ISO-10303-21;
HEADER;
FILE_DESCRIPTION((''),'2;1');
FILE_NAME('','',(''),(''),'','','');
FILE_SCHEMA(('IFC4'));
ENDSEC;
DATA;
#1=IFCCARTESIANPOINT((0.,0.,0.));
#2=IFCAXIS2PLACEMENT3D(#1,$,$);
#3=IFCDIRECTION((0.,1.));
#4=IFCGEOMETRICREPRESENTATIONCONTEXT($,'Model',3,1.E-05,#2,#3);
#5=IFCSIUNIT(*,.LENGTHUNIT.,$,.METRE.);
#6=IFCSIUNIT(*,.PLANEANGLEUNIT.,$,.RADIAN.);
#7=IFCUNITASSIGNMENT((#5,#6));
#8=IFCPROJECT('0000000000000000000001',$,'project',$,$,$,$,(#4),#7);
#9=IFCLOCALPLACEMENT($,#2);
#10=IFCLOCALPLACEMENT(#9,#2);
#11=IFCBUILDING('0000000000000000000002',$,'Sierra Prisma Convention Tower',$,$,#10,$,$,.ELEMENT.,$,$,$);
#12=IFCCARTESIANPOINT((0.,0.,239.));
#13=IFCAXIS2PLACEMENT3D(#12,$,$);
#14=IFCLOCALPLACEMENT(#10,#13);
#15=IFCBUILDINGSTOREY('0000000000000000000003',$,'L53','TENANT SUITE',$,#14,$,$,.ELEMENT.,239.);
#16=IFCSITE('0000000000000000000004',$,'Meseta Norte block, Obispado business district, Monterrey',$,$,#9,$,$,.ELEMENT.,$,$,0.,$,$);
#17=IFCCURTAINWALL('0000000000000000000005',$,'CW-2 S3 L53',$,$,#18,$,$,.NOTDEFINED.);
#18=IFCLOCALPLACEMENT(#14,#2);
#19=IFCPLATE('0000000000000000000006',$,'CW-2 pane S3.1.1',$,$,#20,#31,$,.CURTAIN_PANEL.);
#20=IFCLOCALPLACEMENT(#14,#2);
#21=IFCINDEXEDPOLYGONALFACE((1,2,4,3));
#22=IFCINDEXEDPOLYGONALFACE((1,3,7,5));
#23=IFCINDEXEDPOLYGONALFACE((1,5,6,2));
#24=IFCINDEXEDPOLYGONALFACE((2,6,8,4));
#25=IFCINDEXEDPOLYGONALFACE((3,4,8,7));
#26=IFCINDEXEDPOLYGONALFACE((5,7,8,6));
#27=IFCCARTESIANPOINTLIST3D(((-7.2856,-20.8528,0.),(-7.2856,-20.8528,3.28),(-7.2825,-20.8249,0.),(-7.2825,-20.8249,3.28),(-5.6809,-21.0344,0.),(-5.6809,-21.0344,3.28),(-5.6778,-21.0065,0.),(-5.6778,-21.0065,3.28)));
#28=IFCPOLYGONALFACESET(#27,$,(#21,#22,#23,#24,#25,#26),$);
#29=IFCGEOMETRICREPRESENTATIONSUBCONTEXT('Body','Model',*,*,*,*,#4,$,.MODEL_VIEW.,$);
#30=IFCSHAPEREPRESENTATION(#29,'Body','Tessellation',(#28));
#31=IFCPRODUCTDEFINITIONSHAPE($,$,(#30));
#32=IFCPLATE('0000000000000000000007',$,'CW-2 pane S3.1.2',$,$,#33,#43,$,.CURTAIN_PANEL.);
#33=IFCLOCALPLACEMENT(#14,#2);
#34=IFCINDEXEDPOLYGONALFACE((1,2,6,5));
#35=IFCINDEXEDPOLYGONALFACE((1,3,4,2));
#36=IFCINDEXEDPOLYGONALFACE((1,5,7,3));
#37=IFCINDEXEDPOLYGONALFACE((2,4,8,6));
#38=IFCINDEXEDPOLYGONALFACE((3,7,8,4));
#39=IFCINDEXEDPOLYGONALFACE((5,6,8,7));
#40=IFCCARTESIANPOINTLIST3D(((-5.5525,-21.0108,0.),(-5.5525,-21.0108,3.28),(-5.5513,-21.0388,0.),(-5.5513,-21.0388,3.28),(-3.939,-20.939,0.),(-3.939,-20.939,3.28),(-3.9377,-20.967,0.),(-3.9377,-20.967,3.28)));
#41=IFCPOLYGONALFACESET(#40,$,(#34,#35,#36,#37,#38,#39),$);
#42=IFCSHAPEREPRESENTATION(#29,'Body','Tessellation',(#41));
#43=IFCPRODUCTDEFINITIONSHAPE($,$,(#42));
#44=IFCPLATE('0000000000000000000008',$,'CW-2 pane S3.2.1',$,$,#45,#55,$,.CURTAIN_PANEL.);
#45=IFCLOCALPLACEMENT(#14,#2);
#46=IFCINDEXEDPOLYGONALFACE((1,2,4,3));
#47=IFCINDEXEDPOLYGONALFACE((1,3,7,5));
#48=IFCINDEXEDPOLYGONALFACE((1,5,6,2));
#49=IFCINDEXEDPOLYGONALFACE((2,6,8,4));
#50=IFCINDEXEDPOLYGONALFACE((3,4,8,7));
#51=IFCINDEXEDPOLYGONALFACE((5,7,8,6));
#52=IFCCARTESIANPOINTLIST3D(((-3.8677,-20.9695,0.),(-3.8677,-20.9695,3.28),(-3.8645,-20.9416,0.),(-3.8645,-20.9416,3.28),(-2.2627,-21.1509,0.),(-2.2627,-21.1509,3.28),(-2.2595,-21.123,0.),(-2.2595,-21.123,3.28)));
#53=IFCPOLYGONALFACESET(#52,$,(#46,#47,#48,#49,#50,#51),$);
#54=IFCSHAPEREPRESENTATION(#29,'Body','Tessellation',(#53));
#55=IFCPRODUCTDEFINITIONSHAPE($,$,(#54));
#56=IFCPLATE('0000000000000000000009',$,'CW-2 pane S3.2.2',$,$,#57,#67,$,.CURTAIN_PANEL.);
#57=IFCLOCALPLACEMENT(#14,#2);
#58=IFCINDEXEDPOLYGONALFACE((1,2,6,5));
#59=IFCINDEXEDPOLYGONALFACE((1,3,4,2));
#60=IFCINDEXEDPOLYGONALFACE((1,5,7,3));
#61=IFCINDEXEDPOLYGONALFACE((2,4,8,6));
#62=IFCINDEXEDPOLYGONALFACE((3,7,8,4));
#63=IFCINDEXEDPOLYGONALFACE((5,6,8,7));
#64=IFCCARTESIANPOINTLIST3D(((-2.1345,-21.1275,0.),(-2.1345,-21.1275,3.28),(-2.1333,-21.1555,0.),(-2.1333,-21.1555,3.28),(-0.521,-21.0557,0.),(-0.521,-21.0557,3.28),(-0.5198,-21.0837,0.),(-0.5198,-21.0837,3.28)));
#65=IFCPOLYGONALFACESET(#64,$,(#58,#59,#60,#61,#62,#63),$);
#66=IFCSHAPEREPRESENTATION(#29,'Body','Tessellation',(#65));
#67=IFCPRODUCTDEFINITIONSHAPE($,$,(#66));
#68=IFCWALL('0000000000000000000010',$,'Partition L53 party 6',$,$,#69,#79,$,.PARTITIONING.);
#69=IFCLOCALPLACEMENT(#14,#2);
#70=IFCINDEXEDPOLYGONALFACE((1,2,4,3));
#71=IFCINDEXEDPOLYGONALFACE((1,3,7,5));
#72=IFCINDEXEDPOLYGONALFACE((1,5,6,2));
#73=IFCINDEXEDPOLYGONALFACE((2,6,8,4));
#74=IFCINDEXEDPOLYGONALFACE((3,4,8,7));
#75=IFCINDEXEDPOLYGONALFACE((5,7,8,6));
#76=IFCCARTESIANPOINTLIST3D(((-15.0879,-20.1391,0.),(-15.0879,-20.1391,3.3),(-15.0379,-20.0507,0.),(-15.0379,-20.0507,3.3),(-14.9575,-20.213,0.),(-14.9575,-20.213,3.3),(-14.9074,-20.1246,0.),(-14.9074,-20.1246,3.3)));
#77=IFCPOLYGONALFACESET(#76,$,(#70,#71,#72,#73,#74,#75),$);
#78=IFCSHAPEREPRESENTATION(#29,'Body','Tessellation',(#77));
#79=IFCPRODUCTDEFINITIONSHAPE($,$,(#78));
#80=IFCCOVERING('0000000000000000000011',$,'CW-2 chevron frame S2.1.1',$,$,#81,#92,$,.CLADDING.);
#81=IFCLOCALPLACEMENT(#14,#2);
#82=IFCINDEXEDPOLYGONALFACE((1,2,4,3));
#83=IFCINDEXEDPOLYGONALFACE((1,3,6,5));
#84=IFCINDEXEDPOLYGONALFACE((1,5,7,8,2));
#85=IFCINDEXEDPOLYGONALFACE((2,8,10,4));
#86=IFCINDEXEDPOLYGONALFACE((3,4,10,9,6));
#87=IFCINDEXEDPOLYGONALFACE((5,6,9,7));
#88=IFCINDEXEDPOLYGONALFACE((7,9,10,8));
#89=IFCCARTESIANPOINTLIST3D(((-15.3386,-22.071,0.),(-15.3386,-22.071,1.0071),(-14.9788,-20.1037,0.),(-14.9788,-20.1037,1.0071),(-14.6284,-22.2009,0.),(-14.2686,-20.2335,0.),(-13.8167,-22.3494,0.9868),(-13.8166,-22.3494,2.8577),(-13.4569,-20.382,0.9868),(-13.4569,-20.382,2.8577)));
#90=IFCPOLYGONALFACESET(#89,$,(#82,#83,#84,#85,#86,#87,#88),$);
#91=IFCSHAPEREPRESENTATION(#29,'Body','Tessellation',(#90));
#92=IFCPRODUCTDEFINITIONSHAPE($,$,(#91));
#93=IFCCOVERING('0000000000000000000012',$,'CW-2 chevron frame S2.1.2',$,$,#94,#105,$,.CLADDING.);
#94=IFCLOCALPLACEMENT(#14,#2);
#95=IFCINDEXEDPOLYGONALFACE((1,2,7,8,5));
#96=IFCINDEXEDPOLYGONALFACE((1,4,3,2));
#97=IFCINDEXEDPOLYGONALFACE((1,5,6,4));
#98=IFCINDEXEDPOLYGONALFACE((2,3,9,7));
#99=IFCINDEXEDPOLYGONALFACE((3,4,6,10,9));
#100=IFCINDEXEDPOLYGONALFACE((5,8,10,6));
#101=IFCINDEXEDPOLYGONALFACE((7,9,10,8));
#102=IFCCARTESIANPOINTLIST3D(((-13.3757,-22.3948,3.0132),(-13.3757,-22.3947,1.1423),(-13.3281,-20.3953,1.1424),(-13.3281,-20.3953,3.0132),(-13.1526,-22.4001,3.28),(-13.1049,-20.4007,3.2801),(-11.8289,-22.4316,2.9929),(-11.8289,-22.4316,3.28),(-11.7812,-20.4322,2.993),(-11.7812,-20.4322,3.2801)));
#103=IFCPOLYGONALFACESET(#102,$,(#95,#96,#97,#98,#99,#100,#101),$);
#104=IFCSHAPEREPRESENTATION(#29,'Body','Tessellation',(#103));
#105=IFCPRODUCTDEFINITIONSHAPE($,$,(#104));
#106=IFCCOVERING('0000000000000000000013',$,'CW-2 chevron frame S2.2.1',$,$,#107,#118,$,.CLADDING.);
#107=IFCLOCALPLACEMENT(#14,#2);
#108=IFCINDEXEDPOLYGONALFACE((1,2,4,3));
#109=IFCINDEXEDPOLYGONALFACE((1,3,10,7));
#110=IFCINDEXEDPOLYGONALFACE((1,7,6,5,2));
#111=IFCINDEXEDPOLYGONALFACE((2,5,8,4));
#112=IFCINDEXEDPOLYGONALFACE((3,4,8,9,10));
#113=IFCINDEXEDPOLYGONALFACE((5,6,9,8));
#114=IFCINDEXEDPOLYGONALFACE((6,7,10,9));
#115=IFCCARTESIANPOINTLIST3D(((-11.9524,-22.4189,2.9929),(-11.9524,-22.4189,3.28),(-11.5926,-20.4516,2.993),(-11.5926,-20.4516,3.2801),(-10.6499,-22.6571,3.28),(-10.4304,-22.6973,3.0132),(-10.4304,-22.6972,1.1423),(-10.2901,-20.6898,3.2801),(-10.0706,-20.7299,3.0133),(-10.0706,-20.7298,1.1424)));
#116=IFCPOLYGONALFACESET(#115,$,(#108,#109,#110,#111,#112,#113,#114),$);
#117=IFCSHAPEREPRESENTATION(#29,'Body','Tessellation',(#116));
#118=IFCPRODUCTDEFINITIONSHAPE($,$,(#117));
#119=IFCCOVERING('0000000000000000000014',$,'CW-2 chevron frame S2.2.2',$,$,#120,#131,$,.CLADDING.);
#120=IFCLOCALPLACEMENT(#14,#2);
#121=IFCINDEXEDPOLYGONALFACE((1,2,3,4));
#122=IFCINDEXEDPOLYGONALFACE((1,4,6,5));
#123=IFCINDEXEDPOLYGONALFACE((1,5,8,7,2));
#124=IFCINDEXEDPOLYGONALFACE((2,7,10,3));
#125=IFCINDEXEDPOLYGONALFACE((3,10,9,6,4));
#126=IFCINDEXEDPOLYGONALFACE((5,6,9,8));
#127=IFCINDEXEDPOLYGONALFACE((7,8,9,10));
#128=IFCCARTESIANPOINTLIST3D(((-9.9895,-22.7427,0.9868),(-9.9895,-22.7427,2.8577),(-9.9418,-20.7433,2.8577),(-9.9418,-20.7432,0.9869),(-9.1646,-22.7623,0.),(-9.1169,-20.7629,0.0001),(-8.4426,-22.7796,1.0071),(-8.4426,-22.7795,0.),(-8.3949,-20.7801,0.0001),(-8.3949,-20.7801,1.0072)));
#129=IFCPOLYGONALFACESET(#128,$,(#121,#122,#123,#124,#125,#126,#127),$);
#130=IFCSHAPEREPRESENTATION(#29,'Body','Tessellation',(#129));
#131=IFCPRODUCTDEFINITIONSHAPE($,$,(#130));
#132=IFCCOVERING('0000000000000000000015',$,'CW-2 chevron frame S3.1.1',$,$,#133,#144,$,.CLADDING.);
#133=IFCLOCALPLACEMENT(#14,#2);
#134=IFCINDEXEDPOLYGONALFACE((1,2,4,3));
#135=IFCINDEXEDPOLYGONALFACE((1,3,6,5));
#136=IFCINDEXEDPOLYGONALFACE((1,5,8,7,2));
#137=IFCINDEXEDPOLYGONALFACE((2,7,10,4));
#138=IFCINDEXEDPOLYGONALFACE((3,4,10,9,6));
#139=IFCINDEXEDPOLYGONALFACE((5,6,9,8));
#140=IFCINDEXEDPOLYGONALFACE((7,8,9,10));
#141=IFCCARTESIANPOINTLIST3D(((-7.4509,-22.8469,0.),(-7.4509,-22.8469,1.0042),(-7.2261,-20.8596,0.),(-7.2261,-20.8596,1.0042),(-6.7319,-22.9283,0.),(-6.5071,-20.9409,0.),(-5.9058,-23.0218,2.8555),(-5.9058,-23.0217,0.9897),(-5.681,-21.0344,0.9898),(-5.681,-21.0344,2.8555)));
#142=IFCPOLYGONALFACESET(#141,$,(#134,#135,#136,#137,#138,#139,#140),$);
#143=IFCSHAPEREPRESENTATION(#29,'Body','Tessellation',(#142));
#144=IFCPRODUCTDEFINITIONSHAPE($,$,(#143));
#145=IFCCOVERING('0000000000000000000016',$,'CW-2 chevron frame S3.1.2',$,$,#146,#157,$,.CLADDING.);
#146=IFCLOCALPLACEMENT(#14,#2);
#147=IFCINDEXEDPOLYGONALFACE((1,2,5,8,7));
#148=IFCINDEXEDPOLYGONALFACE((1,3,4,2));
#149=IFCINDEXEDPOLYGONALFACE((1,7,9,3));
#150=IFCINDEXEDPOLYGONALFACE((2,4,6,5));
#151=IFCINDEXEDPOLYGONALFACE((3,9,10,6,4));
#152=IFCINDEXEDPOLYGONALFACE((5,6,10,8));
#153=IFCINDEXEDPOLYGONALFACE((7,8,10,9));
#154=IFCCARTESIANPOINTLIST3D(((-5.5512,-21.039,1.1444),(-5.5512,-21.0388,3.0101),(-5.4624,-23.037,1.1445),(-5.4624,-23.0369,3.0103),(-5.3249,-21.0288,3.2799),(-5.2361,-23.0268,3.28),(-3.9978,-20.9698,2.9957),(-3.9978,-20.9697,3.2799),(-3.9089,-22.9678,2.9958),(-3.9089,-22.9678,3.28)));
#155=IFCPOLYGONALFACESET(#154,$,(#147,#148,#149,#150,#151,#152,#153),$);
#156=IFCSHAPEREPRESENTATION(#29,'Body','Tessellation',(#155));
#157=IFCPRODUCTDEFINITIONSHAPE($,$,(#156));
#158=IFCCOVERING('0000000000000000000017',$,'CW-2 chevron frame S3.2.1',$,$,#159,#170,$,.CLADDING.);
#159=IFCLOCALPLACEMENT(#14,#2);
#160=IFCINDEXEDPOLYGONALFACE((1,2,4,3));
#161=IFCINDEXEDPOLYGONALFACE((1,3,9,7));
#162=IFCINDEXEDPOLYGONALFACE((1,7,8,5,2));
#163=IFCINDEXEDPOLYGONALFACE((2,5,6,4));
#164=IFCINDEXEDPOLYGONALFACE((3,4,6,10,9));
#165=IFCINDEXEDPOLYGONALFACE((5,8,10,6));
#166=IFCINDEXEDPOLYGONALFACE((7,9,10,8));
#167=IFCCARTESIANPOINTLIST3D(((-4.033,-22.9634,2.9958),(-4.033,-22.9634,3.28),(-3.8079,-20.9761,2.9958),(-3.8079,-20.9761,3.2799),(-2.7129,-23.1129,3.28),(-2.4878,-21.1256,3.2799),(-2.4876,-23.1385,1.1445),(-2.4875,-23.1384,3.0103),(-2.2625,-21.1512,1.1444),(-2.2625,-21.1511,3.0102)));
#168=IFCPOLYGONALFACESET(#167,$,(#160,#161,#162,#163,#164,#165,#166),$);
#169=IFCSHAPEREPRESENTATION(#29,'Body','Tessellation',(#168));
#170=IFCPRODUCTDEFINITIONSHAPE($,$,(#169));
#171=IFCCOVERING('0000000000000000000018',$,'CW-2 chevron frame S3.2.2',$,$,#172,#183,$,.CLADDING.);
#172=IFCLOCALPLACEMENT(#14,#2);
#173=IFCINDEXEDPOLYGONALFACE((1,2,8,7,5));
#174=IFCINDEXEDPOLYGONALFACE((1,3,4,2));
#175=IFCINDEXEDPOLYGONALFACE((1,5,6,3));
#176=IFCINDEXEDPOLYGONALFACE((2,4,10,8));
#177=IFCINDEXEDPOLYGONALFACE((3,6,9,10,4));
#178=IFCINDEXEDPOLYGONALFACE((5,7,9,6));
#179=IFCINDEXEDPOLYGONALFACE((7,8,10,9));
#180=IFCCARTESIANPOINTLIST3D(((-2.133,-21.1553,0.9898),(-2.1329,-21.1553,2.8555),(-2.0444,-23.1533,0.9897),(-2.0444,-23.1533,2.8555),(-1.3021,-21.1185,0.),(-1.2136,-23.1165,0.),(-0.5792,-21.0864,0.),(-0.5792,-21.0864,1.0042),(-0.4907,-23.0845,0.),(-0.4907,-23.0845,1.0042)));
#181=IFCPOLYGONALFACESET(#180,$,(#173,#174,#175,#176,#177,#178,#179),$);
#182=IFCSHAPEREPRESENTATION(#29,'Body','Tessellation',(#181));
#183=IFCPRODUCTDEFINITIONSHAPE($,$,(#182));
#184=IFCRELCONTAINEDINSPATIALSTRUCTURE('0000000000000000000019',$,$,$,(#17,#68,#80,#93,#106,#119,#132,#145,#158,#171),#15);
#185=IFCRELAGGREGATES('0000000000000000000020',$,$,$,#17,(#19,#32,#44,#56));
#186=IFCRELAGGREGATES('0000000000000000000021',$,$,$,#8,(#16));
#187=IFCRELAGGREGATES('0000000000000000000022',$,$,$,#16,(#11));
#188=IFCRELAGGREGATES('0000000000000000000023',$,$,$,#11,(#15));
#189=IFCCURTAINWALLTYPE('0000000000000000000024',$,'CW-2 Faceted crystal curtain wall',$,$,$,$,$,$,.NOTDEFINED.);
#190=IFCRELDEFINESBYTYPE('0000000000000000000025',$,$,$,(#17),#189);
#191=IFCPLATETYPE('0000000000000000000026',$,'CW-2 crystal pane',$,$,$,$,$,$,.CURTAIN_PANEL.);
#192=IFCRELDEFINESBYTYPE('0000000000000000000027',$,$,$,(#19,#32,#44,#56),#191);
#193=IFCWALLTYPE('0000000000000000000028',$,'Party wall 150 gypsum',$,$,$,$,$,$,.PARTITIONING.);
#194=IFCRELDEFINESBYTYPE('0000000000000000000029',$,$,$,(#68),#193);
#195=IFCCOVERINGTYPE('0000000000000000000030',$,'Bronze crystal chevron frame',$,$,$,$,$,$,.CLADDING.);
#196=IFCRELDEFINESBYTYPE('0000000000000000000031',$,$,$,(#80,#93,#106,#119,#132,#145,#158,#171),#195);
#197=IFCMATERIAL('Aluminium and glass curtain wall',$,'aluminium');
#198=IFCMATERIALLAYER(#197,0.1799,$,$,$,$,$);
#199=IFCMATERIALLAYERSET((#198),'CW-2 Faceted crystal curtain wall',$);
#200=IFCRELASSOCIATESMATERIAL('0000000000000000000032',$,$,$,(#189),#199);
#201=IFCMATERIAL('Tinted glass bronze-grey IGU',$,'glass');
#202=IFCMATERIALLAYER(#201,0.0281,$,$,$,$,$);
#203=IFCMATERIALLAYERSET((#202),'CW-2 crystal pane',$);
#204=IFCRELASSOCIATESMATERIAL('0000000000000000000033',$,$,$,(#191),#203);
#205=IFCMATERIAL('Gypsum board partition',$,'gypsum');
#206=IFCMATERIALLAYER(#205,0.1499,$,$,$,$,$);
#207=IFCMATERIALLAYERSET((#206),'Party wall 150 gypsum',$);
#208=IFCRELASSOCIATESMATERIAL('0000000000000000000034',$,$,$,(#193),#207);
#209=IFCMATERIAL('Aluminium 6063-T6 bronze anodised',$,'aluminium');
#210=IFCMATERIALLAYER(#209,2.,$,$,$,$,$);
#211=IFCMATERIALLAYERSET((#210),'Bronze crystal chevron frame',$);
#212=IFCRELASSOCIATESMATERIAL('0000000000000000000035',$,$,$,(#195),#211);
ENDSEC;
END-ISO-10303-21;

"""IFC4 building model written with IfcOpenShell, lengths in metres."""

from ifc_helpers import new_model, si_unit, direction, frame, frame_2d, origin, place, context, subcontext, project, spatial, polyline, rectangle, outline, extrude, material, layer, layer_set, type_object, element, aggregate, save


model = new_model("IFC4")

# Units and contexts
model_context = context("Model", 3, precision=1e-05, world=origin(), true_north=direction((0.0, 1.0)))
body_context = subcontext(model_context, "Body", "Model", "MODEL_VIEW")
ifc_project = project(units=[si_unit("LENGTHUNIT", "METRE"), si_unit("PLANEANGLEUNIT", "RADIAN")], contexts=[model_context])

# Site, building, storey
site_placement = place(None, origin())
site = spatial("IfcSite", under=ifc_project, at=site_placement, Name="Meseta Norte block, Obispado business district, Monterrey", CompositionType="ELEMENT", RefElevation=0.0)
building_placement = place(site_placement, origin())
building = spatial("IfcBuilding", under=site, at=building_placement, Name="Sierra Prisma Convention Tower", CompositionType="ELEMENT")
storey_placement = place(building_placement, frame((0.0, 0.0, 239.0)))
storey = spatial("IfcBuildingStorey", under=building, at=storey_placement, Name="L53", Description="TENANT SUITE", CompositionType="ELEMENT", Elevation=239.0)

# Curtain wall
ifc_material_1 = material(Name="Aluminium and glass curtain wall", Category="aluminium")
ifc_layer_1 = layer(ifc_material_1, 0.1799)
ifc_layer_set_1 = layer_set([ifc_layer_1], Name="CW-2 Faceted crystal curtain wall")
curtain_wall_type = type_object("IfcCurtainWallType", Name="CW-2 Faceted crystal curtain wall", PredefinedType="NOTDEFINED", material=ifc_layer_set_1)
curtain_wall_1_placement = place(storey_placement, origin())
curtain_wall_1 = element("IfcCurtainWall", 1, at=curtain_wall_1_placement, inside=storey, type_object=curtain_wall_type, Name="CW-2 S3 L53", PredefinedType="NOTDEFINED")

# Plates
ifc_material_2 = material(Name="Tinted glass bronze-grey IGU", Category="glass")
ifc_layer_2 = layer(ifc_material_2, 0.0281)
ifc_layer_set_2 = layer_set([ifc_layer_2], Name="CW-2 crystal pane")
plate_type = type_object("IfcPlateType", Name="CW-2 crystal pane", PredefinedType="CURTAIN_PANEL", material=ifc_layer_set_2)
plate_1_placement = place(storey_placement, frame((-7.2856, -20.8528, 0.0), z_axis=(-0.112472, -0.993655, 0.0), x_axis=(0.993655, -0.112472, 0.0)))
plate_1 = element("IfcPlate", 2, at=plate_1_placement, type_object=plate_type, Name="CW-2 pane S3.1.1", PredefinedType="CURTAIN_PANEL", context=body_context, shape_type="SweptSolid", body=[
    extrude(outline(polyline([(0.0, 0.0), (1.615, 0.0), (1.615, 3.28), (0.0, 3.28), (0.0, 0.0)])), origin(), (0.0, 0.0, -1.0), 0.0281),
])
plate_2_placement = place(storey_placement, frame((-3.9377, -20.967, 0.0), z_axis=(0.044441, -0.999012, 0.0), x_axis=(-0.999012, -0.044441, 0.0)))
plate_2 = element("IfcPlate", 3, at=plate_2_placement, type_object=plate_type, Name="CW-2 pane S3.1.2", PredefinedType="CURTAIN_PANEL", context=body_context, shape_type="SweptSolid", body=[
    extrude(outline(polyline([(0.0, 0.0), (1.6151, 0.0), (1.6151, -3.28), (0.0, -3.28), (0.0, 0.0)])), origin(), (0.0, 0.0, -1.0), 0.0281),
])
plate_3_placement = place(storey_placement, frame((-3.8677, -20.9695, 0.0), z_axis=(-0.112306, -0.993674, 0.0), x_axis=(0.993674, -0.112306, 0.0)))
plate_3 = element("IfcPlate", 4, at=plate_3_placement, type_object=plate_type, Name="CW-2 pane S3.2.1", PredefinedType="CURTAIN_PANEL", context=body_context, shape_type="SweptSolid", body=[
    extrude(outline(polyline([(0.0, 0.0), (1.6152, 0.0), (1.6152, 3.28), (0.0, 3.28), (0.0, 0.0)])), origin(), (0.0, 0.0, -1.0), 0.0281),
])
plate_4_placement = place(storey_placement, frame((-0.5198, -21.0837, 0.0), z_axis=(0.044441, -0.999012, 0.0), x_axis=(-0.999012, -0.044441, 0.0)))
plate_4 = element("IfcPlate", 5, at=plate_4_placement, type_object=plate_type, Name="CW-2 pane S3.2.2", PredefinedType="CURTAIN_PANEL", context=body_context, shape_type="SweptSolid", body=[
    extrude(outline(polyline([(0.0, 0.0), (1.6151, 0.0), (1.6151, -3.28), (0.0, -3.28), (0.0, 0.0)])), origin(), (0.0, 0.0, -1.0), 0.0281),
])
aggregate(curtain_wall_1, [plate_1, plate_2, plate_3, plate_4])

# Wall
ifc_material_3 = material(Name="Gypsum board partition", Category="gypsum")
ifc_layer_3 = layer(ifc_material_3, 0.1499)
ifc_layer_set_3 = layer_set([ifc_layer_3], Name="Party wall 150 gypsum")
wall_type = type_object("IfcWallType", Name="Party wall 150 gypsum", PredefinedType="PARTITIONING", material=ifc_layer_set_3)
wall_placement = place(storey_placement, frame((-15.0227, -20.176, 0.0), z_axis=(0.0, 0.0, 1.0), x_axis=(0.49277, 0.87016, 0.0)))
element("IfcWall", 6, at=wall_placement, inside=storey, type_object=wall_type, Name="Partition L53 party 6", PredefinedType="PARTITIONING", context=body_context, shape_type="SweptSolid", body=[
    extrude(rectangle(XDim=0.1016, YDim=0.1499, at=frame_2d((0.0508, 0.0))), origin(), (0.0, 0.0, 1.0), 3.3),
])

# Coverings
ifc_material_4 = material(Name="Aluminium 6063-T6 bronze anodised", Category="aluminium")
ifc_layer_4 = layer(ifc_material_4, 2.0)
ifc_layer_set_4 = layer_set([ifc_layer_4], Name="Bronze crystal chevron frame")
covering_type = type_object("IfcCoveringType", Name="Bronze crystal chevron frame", PredefinedType="CLADDING", material=ifc_layer_set_4)
covering_1_placement = place(storey_placement, frame((-15.3386, -22.071, 0.0), z_axis=(-0.179887, -0.983687, 0.000003), x_axis=(0.983687, -0.179887, 0.0)))
element("IfcCovering", 7, at=covering_1_placement, inside=storey, type_object=covering_type, Name="CW-2 chevron frame S2.1.1", PredefinedType="CLADDING", context=body_context, shape_type="SweptSolid", body=[
    extrude(outline(polyline([(0.0, 0.0), (0.722, 0.0), (1.5472, 0.9868), (1.5472, 2.8577), (0.0, 1.0071), (0.0, 0.0)])), origin(), (0.0, 0.0, -1.0), 2.0),
])
covering_2_placement = place(storey_placement, frame((-13.3757, -22.3948, 3.0132), z_axis=(-0.023821, -0.999716, -0.000022), x_axis=(0.000001, 0.000022, -1.0)))
element("IfcCovering", 8, at=covering_2_placement, inside=storey, type_object=covering_type, Name="CW-2 chevron frame S2.1.2", PredefinedType="CLADDING", context=body_context, shape_type="SweptSolid", body=[
    extrude(outline(polyline([(0.0, 0.0), (1.8708, 0.0), (0.0203, 1.5473), (-0.2668, 1.5473), (-0.2668, 0.2232), (0.0, 0.0)])), origin(), (0.0, 0.0, -1.0), 2.0),
])
covering_3_placement = place(storey_placement, frame((-11.9524, -22.4189, 3.28), z_axis=(-0.179892, -0.983686, -0.00004), x_axis=(0.000007, 0.000039, -1.0)))
element("IfcCovering", 9, at=covering_3_placement, inside=storey, type_object=covering_type, Name="CW-2 chevron frame S2.2.1", PredefinedType="CLADDING", context=body_context, shape_type="SweptSolid", body=[
    extrude(outline(polyline([(0.0, 0.0), (0.2871, 0.0), (2.1377, 1.5472), (0.2668, 1.5472), (0.0, 1.3241), (0.0, 0.0)])), origin(), (0.0, 0.0, -1.0), 2.0),
])
covering_4_placement = place(storey_placement, frame((-8.4426, -22.7795, 0.0), z_axis=(-0.02385, -0.999716, -0.000039), x_axis=(-0.000001, -0.000039, 1.0)))
element("IfcCovering", 10, at=covering_4_placement, inside=storey, type_object=covering_type, Name="CW-2 chevron frame S2.2.2", PredefinedType="CLADDING", context=body_context, shape_type="SweptSolid", body=[
    extrude(outline(polyline([(0.0, 0.0), (1.0071, 0.0), (2.8577, 1.5473), (0.9868, 1.5473), (0.0, 0.7221), (0.0, 0.0)])), origin(), (0.0, 0.0, -1.0), 2.0),
])
covering_5_placement = place(storey_placement, frame((-7.4509, -22.8469, 0.0), z_axis=(-0.112405, -0.993662, -0.000012), x_axis=(0.993662, -0.112405, 0.0)))
element("IfcCovering", 11, at=covering_5_placement, inside=storey, type_object=covering_type, Name="CW-2 chevron frame S3.1.1", PredefinedType="CLADDING", context=body_context, shape_type="SweptSolid", body=[
    extrude(outline(polyline([(0.0, 0.0), (0.7236, 0.0), (1.555, 0.9897), (1.555, 2.8555), (0.0, 1.0042), (0.0, 0.0)])), origin(), (0.0, 0.0, -1.0), 2.0),
])
covering_6_placement = place(storey_placement, frame((-5.4624, -23.0369, 3.0103), z_axis=(0.044418, -0.999013, 0.000079), x_axis=(0.000004, -0.000079, -1.0)))
element("IfcCovering", 12, at=covering_6_placement, inside=storey, type_object=covering_type, Name="CW-2 chevron frame S3.1.2", PredefinedType="CLADDING", context=body_context, shape_type="SweptSolid", body=[
    extrude(outline(polyline([(0.0, 0.0), (1.8657, 0.0), (0.0144, 1.555), (-0.2698, 1.555), (-0.2698, 0.2266), (0.0, 0.0)])), origin(), (0.0, 0.0, -1.0), 2.0),
])
covering_7_placement = place(storey_placement, frame((-4.033, -22.9634, 3.28), z_axis=(-0.112542, -0.993647, 0.000046), x_axis=(-0.000005, -0.000046, -1.0)))
element("IfcCovering", 13, at=covering_7_placement, inside=storey, type_object=covering_type, Name="CW-2 chevron frame S3.2.1", PredefinedType="CLADDING", context=body_context, shape_type="SweptSolid", body=[
    extrude(outline(polyline([(0.0, 0.0), (0.2842, 0.0), (2.1355, 1.5553), (0.2698, 1.5553), (0.0, 1.3285), (0.0, 0.0)])), origin(), (0.0, 0.0, -1.0), 2.0),
])
covering_8_placement = place(storey_placement, frame((-0.4907, -23.0845, 0.0), z_axis=(0.044259, -0.99902, -0.000015), x_axis=(0.000001, -0.000015, 1.0)))
element("IfcCovering", 14, at=covering_8_placement, inside=storey, type_object=covering_type, Name="CW-2 chevron frame S3.2.2", PredefinedType="CLADDING", context=body_context, shape_type="SweptSolid", body=[
    extrude(outline(polyline([(0.0, 0.0), (1.0042, 0.0), (2.8555, 1.5552), (0.9897, 1.5552), (0.0, 0.7236), (0.0, 0.0)])), origin(), (0.0, 0.0, -1.0), 2.0),
])

save(model, "model.ifc")
